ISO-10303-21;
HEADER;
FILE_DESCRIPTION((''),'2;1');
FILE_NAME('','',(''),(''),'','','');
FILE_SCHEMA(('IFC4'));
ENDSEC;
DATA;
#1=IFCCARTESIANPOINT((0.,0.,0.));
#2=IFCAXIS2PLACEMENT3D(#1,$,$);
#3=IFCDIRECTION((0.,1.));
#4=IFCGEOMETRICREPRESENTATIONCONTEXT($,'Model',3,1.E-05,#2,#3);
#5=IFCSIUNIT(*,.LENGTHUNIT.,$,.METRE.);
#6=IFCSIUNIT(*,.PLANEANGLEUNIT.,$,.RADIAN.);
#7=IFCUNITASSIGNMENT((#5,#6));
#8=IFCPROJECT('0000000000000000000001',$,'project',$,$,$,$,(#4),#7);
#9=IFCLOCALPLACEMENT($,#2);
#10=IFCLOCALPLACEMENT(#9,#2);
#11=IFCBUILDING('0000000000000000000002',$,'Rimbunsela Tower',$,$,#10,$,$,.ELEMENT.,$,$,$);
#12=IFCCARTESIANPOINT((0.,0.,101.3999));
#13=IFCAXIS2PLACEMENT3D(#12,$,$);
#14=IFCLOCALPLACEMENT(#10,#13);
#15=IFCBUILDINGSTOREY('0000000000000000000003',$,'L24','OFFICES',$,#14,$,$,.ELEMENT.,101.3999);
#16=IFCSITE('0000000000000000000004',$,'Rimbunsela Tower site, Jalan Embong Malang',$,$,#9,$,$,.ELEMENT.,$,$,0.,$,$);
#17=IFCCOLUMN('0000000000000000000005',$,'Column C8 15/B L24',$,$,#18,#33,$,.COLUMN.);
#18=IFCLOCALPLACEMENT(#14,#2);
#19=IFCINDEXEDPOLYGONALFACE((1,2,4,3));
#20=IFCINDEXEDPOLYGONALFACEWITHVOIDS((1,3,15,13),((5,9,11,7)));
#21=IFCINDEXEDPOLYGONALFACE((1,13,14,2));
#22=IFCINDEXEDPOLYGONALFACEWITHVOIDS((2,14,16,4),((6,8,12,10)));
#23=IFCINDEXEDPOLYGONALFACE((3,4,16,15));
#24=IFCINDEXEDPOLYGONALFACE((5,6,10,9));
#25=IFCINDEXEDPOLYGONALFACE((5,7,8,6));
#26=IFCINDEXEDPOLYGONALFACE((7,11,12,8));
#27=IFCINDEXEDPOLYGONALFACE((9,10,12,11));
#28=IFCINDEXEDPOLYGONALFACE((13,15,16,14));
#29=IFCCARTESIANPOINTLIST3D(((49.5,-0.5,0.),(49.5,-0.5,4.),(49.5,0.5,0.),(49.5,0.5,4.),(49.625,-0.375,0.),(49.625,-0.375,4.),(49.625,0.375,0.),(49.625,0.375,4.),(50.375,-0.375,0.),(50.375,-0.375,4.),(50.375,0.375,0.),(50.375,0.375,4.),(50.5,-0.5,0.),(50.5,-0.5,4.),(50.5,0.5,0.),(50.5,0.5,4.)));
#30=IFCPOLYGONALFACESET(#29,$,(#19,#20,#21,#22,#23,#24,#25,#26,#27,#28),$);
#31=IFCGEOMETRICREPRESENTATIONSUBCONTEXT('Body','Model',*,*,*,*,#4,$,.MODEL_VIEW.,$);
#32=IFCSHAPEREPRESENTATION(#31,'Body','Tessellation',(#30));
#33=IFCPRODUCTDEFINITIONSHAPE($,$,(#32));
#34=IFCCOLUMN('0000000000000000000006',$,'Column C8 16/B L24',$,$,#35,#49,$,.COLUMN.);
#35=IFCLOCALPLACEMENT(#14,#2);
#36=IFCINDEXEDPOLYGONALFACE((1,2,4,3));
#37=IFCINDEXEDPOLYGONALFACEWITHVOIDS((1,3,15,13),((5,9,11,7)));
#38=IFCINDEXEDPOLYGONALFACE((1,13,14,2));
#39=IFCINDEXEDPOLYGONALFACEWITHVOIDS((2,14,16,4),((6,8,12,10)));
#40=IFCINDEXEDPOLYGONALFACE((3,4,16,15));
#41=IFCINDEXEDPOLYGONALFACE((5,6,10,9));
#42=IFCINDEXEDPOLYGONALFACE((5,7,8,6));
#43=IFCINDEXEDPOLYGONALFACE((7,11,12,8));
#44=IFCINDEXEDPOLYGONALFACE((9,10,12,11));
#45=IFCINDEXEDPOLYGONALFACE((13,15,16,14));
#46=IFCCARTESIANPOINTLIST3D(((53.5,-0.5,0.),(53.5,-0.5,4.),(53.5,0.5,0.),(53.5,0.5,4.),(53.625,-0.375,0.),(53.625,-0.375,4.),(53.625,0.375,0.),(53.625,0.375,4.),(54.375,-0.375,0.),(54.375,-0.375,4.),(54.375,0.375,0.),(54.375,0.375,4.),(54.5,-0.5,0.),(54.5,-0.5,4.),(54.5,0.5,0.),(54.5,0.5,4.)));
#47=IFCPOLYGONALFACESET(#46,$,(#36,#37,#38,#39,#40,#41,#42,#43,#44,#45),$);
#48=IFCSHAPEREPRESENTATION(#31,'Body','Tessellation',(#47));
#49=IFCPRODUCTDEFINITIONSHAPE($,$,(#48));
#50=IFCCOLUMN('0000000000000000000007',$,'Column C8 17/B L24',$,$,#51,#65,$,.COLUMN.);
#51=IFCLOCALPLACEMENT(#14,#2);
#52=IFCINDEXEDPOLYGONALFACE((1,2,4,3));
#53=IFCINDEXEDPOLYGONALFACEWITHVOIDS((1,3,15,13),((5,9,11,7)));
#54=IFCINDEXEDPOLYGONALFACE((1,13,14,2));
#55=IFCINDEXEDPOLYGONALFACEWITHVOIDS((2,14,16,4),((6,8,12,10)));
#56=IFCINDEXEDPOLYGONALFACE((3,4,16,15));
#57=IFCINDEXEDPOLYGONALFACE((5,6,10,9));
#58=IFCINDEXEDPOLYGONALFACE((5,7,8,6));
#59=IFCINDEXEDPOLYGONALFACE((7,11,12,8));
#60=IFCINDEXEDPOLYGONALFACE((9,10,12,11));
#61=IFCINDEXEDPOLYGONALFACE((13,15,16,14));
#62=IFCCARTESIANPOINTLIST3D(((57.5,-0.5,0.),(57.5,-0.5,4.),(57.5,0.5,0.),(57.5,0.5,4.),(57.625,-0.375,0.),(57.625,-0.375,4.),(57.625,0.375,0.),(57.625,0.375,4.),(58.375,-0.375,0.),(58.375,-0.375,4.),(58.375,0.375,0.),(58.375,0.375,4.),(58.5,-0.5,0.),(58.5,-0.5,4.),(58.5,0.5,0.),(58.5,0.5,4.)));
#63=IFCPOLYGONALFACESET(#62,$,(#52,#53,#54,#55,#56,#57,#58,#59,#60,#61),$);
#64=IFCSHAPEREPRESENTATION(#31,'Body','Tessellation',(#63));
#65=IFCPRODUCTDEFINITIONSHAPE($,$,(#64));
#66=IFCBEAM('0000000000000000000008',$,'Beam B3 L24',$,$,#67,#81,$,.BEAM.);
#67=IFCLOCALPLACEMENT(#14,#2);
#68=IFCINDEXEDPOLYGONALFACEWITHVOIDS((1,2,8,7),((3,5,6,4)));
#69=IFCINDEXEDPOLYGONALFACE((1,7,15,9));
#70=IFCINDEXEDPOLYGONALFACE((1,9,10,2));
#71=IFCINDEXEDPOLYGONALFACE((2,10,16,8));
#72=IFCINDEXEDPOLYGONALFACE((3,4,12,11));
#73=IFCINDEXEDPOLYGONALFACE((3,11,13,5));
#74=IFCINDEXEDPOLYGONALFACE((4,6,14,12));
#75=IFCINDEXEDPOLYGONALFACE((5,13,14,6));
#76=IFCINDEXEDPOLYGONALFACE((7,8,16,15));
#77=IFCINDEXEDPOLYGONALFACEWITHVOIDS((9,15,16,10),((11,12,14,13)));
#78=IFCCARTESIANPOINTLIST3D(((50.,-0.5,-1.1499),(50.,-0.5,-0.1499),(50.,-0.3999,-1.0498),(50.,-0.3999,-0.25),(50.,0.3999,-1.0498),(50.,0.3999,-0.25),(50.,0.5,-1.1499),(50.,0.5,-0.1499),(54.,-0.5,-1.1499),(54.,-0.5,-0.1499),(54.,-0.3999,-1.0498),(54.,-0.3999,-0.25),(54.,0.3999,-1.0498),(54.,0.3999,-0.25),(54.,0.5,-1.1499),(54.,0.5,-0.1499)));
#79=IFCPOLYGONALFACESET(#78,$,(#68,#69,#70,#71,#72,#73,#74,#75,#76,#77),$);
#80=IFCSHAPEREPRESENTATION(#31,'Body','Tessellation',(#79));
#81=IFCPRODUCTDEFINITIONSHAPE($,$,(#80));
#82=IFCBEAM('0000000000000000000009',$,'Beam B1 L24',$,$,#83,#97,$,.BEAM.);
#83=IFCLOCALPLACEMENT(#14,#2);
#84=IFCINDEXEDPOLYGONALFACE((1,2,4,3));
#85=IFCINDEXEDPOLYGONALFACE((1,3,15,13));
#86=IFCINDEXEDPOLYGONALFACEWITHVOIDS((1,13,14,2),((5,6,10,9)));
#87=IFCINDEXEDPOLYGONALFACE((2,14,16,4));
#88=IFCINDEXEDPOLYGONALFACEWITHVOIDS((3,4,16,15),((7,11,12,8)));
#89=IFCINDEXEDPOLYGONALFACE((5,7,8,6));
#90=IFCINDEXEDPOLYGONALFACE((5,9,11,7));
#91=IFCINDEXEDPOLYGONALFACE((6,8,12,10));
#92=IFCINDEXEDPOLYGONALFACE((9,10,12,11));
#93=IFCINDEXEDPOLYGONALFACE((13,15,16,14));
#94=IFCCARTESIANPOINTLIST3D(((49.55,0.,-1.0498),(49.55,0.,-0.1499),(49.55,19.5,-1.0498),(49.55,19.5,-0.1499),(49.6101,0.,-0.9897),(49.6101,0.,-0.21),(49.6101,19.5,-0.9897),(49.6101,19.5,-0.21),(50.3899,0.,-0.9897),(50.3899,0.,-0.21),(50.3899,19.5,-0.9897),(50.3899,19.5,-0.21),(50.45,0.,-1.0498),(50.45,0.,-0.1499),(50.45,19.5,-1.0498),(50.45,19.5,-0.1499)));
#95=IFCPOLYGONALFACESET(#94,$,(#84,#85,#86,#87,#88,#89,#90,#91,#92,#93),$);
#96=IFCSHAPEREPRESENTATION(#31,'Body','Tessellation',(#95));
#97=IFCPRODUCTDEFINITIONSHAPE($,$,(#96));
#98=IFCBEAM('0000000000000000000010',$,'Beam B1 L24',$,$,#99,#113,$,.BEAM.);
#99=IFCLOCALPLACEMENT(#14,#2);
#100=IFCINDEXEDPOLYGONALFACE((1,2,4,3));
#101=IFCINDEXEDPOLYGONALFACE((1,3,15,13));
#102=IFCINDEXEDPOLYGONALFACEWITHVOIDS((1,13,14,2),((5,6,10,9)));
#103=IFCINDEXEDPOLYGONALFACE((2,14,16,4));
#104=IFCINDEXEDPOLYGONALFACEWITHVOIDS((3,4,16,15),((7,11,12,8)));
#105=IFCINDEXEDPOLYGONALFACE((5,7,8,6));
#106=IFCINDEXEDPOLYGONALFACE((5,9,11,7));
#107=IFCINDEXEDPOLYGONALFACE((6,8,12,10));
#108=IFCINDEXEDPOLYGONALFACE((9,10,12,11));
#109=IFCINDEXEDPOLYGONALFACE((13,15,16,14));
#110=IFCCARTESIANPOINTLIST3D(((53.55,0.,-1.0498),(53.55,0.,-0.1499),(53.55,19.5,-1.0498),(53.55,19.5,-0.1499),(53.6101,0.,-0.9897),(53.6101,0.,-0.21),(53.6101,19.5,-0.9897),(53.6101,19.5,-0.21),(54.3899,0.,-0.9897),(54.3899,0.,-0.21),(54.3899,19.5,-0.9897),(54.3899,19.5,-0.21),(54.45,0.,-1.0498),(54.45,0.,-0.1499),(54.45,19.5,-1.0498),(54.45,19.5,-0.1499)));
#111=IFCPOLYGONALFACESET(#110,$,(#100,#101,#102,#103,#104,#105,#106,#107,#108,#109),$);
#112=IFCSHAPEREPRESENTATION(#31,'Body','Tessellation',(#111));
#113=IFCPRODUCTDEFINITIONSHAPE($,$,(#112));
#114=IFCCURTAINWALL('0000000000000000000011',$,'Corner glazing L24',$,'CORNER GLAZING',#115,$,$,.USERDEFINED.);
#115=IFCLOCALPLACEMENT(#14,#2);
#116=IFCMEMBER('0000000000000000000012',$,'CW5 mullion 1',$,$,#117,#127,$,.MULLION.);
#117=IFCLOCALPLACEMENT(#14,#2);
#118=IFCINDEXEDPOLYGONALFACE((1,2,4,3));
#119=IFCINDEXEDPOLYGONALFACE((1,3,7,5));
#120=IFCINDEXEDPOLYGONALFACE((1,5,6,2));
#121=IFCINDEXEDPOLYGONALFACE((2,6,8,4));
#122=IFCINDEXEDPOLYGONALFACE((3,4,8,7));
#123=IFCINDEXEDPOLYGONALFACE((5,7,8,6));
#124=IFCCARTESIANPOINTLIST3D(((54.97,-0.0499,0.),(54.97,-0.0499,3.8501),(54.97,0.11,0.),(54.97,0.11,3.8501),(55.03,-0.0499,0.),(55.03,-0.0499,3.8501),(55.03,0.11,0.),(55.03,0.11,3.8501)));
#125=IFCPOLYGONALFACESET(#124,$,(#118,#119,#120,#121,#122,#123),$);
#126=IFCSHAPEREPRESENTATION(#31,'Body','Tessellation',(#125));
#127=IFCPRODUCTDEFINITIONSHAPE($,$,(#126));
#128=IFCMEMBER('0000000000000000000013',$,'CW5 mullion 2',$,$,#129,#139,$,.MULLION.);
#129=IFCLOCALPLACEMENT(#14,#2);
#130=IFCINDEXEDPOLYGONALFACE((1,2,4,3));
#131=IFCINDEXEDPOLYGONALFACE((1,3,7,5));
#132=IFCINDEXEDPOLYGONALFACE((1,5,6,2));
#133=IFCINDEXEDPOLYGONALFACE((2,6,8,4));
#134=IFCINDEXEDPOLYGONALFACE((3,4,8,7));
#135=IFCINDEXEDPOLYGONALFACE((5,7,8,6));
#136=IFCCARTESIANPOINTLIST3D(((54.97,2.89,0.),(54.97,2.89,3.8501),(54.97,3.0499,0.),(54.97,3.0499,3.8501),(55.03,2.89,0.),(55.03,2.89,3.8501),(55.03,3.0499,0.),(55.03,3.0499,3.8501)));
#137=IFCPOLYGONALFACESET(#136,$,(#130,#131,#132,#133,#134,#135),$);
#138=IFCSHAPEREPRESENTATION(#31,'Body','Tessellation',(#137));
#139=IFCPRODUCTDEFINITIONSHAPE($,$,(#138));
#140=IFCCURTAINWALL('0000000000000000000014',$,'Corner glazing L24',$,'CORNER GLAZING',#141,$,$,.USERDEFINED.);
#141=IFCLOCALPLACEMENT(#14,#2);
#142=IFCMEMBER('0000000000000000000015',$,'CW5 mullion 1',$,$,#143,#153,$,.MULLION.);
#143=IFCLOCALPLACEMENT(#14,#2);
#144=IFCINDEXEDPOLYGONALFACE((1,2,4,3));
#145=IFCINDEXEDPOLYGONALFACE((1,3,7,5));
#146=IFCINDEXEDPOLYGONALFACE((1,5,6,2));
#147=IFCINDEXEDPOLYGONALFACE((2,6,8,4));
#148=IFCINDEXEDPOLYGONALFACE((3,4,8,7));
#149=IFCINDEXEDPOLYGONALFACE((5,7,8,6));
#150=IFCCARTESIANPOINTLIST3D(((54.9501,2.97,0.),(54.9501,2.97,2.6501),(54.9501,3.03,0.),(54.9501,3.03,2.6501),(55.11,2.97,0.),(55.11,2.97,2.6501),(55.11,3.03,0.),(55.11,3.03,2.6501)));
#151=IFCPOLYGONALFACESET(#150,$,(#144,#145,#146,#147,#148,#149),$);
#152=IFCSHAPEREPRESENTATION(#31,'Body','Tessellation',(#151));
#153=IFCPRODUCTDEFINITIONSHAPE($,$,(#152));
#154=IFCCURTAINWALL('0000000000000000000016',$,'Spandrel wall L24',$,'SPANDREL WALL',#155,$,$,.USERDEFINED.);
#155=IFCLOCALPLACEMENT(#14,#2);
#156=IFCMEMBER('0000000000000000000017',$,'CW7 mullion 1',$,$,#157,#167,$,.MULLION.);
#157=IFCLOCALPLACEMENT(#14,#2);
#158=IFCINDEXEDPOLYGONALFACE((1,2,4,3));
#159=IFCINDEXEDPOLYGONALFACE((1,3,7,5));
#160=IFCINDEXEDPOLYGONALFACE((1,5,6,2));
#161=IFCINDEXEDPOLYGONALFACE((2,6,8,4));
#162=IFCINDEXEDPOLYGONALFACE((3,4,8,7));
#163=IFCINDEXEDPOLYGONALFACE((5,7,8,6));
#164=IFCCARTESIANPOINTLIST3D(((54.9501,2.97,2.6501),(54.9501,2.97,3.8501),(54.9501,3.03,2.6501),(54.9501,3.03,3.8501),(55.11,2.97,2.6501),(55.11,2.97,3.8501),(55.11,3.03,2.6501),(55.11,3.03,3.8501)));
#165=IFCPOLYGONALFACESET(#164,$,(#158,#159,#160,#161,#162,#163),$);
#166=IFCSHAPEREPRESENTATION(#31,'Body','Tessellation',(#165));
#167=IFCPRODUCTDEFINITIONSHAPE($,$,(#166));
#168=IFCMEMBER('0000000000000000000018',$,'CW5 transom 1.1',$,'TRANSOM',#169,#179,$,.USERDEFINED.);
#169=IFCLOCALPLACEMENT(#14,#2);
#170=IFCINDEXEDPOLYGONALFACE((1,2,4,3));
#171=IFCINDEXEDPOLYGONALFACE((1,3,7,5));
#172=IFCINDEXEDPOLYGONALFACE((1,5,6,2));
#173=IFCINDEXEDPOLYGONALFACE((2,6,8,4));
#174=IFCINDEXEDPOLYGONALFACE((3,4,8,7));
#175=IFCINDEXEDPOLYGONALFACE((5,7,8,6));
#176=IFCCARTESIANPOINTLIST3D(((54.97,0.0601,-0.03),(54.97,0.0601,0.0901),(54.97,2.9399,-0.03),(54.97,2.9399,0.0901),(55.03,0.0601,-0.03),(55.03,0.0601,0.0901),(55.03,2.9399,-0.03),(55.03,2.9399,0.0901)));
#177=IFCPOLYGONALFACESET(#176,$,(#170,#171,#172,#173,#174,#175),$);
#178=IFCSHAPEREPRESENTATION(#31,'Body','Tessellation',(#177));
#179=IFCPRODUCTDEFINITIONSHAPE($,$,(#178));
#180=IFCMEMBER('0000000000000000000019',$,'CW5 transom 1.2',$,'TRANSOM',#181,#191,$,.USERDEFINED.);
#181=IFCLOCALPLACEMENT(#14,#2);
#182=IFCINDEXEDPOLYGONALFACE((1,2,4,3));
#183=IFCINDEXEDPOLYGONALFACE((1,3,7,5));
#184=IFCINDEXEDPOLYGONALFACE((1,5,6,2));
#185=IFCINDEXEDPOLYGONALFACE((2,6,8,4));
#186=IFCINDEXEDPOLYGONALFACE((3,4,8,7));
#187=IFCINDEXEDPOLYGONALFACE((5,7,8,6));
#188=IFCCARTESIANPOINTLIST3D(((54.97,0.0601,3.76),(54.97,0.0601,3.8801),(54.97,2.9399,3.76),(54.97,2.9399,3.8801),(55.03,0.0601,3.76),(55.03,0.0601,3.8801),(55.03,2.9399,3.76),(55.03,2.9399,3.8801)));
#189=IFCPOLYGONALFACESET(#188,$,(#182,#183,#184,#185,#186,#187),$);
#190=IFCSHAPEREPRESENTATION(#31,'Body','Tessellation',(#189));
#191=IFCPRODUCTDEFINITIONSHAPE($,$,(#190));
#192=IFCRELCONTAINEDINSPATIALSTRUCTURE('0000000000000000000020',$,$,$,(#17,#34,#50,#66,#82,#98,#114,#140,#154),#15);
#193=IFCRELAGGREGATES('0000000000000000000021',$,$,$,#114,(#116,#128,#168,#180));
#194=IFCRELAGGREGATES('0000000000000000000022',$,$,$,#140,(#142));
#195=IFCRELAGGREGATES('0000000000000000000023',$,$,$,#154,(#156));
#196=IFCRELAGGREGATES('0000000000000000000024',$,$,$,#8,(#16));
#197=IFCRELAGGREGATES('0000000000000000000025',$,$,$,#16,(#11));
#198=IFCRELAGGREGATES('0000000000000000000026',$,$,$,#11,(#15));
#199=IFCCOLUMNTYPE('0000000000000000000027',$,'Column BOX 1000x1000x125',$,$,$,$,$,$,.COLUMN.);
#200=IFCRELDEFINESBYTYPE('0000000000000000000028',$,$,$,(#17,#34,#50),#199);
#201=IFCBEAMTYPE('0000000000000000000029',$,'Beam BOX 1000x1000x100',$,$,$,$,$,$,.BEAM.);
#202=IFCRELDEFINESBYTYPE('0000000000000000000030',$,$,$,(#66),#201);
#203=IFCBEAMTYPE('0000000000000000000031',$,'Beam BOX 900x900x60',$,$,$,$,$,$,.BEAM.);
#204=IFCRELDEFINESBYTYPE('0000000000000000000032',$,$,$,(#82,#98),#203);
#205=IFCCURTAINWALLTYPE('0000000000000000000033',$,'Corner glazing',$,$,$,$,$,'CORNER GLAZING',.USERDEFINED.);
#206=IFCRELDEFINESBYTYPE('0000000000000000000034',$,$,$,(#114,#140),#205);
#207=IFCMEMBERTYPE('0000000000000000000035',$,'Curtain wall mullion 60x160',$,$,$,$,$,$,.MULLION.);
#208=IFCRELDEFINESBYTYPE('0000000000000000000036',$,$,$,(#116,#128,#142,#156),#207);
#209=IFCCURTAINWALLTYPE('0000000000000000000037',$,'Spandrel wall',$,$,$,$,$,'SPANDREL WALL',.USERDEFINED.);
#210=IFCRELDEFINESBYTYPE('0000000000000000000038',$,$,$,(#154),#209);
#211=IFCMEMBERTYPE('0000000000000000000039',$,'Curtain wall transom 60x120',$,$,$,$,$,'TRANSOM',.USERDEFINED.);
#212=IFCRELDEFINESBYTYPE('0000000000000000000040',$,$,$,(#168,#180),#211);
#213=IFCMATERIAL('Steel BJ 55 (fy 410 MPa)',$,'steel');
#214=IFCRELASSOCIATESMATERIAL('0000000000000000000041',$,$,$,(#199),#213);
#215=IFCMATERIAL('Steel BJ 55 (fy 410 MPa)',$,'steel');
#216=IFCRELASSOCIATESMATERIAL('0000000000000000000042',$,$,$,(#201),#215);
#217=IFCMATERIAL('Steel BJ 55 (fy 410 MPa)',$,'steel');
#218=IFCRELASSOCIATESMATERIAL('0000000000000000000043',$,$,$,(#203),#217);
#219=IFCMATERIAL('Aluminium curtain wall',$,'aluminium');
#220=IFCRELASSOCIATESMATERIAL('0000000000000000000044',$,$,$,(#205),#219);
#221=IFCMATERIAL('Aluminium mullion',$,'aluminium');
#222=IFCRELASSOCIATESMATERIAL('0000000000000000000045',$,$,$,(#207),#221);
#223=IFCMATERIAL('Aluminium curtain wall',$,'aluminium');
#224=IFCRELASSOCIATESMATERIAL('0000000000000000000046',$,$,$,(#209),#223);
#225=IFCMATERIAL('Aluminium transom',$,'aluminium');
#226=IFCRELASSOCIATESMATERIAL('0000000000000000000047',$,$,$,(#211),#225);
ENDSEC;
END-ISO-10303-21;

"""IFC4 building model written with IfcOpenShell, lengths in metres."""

from ifc_helpers import new_model, si_unit, direction, frame, origin, origin_2d, place, context, subcontext, project, spatial, rectangle, hollow_rectangle, extrude, material, material_profile, profile_set, type_object, element, aggregate, save


model = new_model("IFC4")

# Units and contexts
model_context = context("Model", 3, precision=1e-05, world=origin(), true_north=direction((0.0, 1.0)))
body_context = subcontext(model_context, "Body", "Model", "MODEL_VIEW")
ifc_project = project(units=[si_unit("LENGTHUNIT", "METRE"), si_unit("PLANEANGLEUNIT", "RADIAN")], contexts=[model_context])

# Site, building, storey
site_placement = place(None, origin())
site = spatial("IfcSite", under=ifc_project, at=site_placement, Name="Rimbunsela Tower site, Jalan Embong Malang", CompositionType="ELEMENT", RefElevation=0.0)
building_placement = place(site_placement, origin())
building = spatial("IfcBuilding", under=site, at=building_placement, Name="Rimbunsela Tower", CompositionType="ELEMENT")
storey_placement = place(building_placement, frame((0.0, 0.0, 101.3999)))
storey = spatial("IfcBuildingStorey", under=building, at=storey_placement, Name="L24", Description="OFFICES", CompositionType="ELEMENT", Elevation=101.3999)

# Columns
ifc_material_1 = material(Name="Steel BJ 55 (fy 410 MPa)", Category="steel")
ifc_material_profile_1 = material_profile(ifc_material_1, hollow_rectangle(XDim=1.0, YDim=1.0, WallThickness=0.125, at=origin_2d()), Name="BOX 1000x1000x125")
ifc_profile_set_1 = profile_set([ifc_material_profile_1], Name="Steel BJ 55 (fy 410 MPa)")
column_type = type_object("IfcColumnType", Name="Column BOX 1000x1000x125", PredefinedType="COLUMN", material=ifc_profile_set_1)
for number, where, z_axis, x_axis, name in (
    (1, (50.0, 0.0, 0.0), (0.0, 0.0, 1.0), (1.0, 0.0, 0.0), "Column C8 15/B L24"),
    (2, (54.0, 0.0, 0.0), (0.0, 0.0, 1.0), (1.0, 0.0, 0.0), "Column C8 16/B L24"),
    (3, (58.0, 0.0, 0.0), (0.0, 0.0, 1.0), (1.0, 0.0, 0.0), "Column C8 17/B L24"),
):
    element("IfcColumn", number, at=place(storey_placement, frame(where, z_axis=z_axis, x_axis=x_axis)), inside=storey, type_object=column_type, Name=name, PredefinedType="COLUMN", context=body_context, shape_type="SweptSolid", body=[
        extrude(hollow_rectangle(XDim=1.0, YDim=1.0, WallThickness=0.125, at=origin_2d()), origin(), (0.0, 0.0, 1.0), 4.0),
    ])

# Beams
ifc_material_2 = material(Name="Steel BJ 55 (fy 410 MPa)", Category="steel")
ifc_material_profile_2 = material_profile(ifc_material_2, hollow_rectangle(XDim=1.0, YDim=1.0, WallThickness=0.1001, at=origin_2d()), Name="BOX 1000x1000x100")
ifc_profile_set_2 = profile_set([ifc_material_profile_2], Name="Steel BJ 55 (fy 410 MPa)")
beam_type_1 = type_object("IfcBeamType", Name="Beam BOX 1000x1000x100", PredefinedType="BEAM", material=ifc_profile_set_2)
beam_placement = place(storey_placement, frame((50.0, 0.0, -0.6499), z_axis=(1.0, 0.0, 0.0), x_axis=(0.0, 1.0, 0.0)))
element("IfcBeam", 4, at=beam_placement, inside=storey, type_object=beam_type_1, Name="Beam B3 L24", PredefinedType="BEAM", context=body_context, shape_type="SweptSolid", body=[
    extrude(hollow_rectangle(XDim=1.0, YDim=1.0, WallThickness=0.1001, at=origin_2d()), origin(), (0.0, 0.0, 1.0), 4.0),
])
ifc_material_3 = material(Name="Steel BJ 55 (fy 410 MPa)", Category="steel")
ifc_material_profile_3 = material_profile(ifc_material_3, hollow_rectangle(XDim=0.8999, YDim=0.8999, WallThickness=0.0601, at=origin_2d()), Name="BOX 900x900x60")
ifc_profile_set_3 = profile_set([ifc_material_profile_3], Name="Steel BJ 55 (fy 410 MPa)")
beam_type_2 = type_object("IfcBeamType", Name="Beam BOX 900x900x60", PredefinedType="BEAM", material=ifc_profile_set_3)
for number, where, z_axis, x_axis, name in (
    (5, (50.0, 0.0, -0.5999), (0.0, 1.0, 0.0), (-1.0, 0.0, 0.0), "Beam B1 L24"),
    (6, (54.0, 0.0, -0.5999), (0.0, 1.0, 0.0), (-1.0, 0.0, 0.0), "Beam B1 L24"),
):
    element("IfcBeam", number, at=place(storey_placement, frame(where, z_axis=z_axis, x_axis=x_axis)), inside=storey, type_object=beam_type_2, Name=name, PredefinedType="BEAM", context=body_context, shape_type="SweptSolid", body=[
        extrude(hollow_rectangle(XDim=0.8999, YDim=0.8999, WallThickness=0.0601, at=origin_2d()), origin(), (0.0, 0.0, 1.0), 19.5),
    ])

# Curtain wall, members
ifc_material_4 = material(Name="Aluminium curtain wall", Category="aluminium")
curtain_wall_type_1 = type_object("IfcCurtainWallType", Name="Corner glazing", ElementType="CORNER GLAZING", PredefinedType="USERDEFINED", material=ifc_material_4)
curtain_wall_1_placement = place(storey_placement, origin())
curtain_wall_1 = element("IfcCurtainWall", 7, at=curtain_wall_1_placement, inside=storey, type_object=curtain_wall_type_1, Name="Corner glazing L24", ObjectType="CORNER GLAZING", PredefinedType="USERDEFINED")
ifc_material_5 = material(Name="Aluminium mullion", Category="aluminium")
ifc_material_profile_4 = material_profile(ifc_material_5, rectangle(XDim=0.0601, YDim=0.1599, at=origin_2d()), Name="Mullion 60x160")
ifc_profile_set_4 = profile_set([ifc_material_profile_4], Name="Aluminium mullion")
member_type_1 = type_object("IfcMemberType", Name="Curtain wall mullion 60x160", PredefinedType="MULLION", material=ifc_profile_set_4)
member_1_placement = place(storey_placement, frame((55.0, 0.03, 0.0), z_axis=(0.0, 0.0, 1.0), x_axis=(-1.0, 0.0, 0.0)))
member_1 = element("IfcMember", 8, at=member_1_placement, type_object=member_type_1, Name="CW5 mullion 1", PredefinedType="MULLION", context=body_context, shape_type="SweptSolid", body=[
    extrude(rectangle(XDim=0.0601, YDim=0.1599, at=origin_2d()), origin(), (0.0, 0.0, 1.0), 3.8501),
])
member_2_placement = place(storey_placement, frame((55.0, 2.97, 0.0), z_axis=(0.0, 0.0, 1.0), x_axis=(-1.0, 0.0, 0.0)))
member_2 = element("IfcMember", 9, at=member_2_placement, type_object=member_type_1, Name="CW5 mullion 2", PredefinedType="MULLION", context=body_context, shape_type="SweptSolid", body=[
    extrude(rectangle(XDim=0.0601, YDim=0.1599, at=origin_2d()), origin(), (0.0, 0.0, 1.0), 3.8501),
])

# Curtain walls, members
curtain_wall_2_placement = place(storey_placement, origin())
curtain_wall_2 = element("IfcCurtainWall", 10, at=curtain_wall_2_placement, inside=storey, type_object=curtain_wall_type_1, Name="Corner glazing L24", ObjectType="CORNER GLAZING", PredefinedType="USERDEFINED")
member_3_placement = place(storey_placement, frame((55.03, 3.0, 0.0), z_axis=(0.0, 0.0, 1.0), x_axis=(0.0, 1.0, 0.0)))
member_3 = element("IfcMember", 11, at=member_3_placement, type_object=member_type_1, Name="CW5 mullion 1", PredefinedType="MULLION", context=body_context, shape_type="SweptSolid", body=[
    extrude(rectangle(XDim=0.0601, YDim=0.1599, at=origin_2d()), origin(), (0.0, 0.0, 1.0), 2.6501),
])
ifc_material_6 = material(Name="Aluminium curtain wall", Category="aluminium")
curtain_wall_type_2 = type_object("IfcCurtainWallType", Name="Spandrel wall", ElementType="SPANDREL WALL", PredefinedType="USERDEFINED", material=ifc_material_6)
curtain_wall_3_placement = place(storey_placement, origin())
curtain_wall_3 = element("IfcCurtainWall", 12, at=curtain_wall_3_placement, inside=storey, type_object=curtain_wall_type_2, Name="Spandrel wall L24", ObjectType="SPANDREL WALL", PredefinedType="USERDEFINED")
member_4_placement = place(storey_placement, frame((55.03, 3.0, 2.6501), z_axis=(0.0, 0.0, 1.0), x_axis=(0.0, 1.0, 0.0)))
member_4 = element("IfcMember", 13, at=member_4_placement, type_object=member_type_1, Name="CW7 mullion 1", PredefinedType="MULLION", context=body_context, shape_type="SweptSolid", body=[
    extrude(rectangle(XDim=0.0601, YDim=0.1599, at=origin_2d()), origin(), (0.0, 0.0, 1.0), 1.2),
])

# Members
ifc_material_7 = material(Name="Aluminium transom", Category="aluminium")
ifc_material_profile_5 = material_profile(ifc_material_7, rectangle(XDim=0.0601, YDim=0.1201, at=origin_2d()), Name="Transom 60x120")
ifc_profile_set_5 = profile_set([ifc_material_profile_5], Name="Aluminium transom")
member_type_2 = type_object("IfcMemberType", Name="Curtain wall transom 60x120", ElementType="TRANSOM", PredefinedType="USERDEFINED", material=ifc_profile_set_5)
member_5_placement = place(storey_placement, frame((55.0, 0.0601, 0.03), z_axis=(0.0, 1.0, 0.0), x_axis=(-1.0, 0.0, 0.0)))
member_5 = element("IfcMember", 14, at=member_5_placement, type_object=member_type_2, Name="CW5 transom 1.1", ObjectType="TRANSOM", PredefinedType="USERDEFINED", context=body_context, shape_type="SweptSolid", body=[
    extrude(rectangle(XDim=0.0601, YDim=0.1201, at=origin_2d()), origin(), (0.0, 0.0, 1.0), 2.8799),
])
member_6_placement = place(storey_placement, frame((55.0, 0.0601, 3.8201), z_axis=(0.0, 1.0, 0.0), x_axis=(-1.0, 0.0, 0.0)))
member_6 = element("IfcMember", 15, at=member_6_placement, type_object=member_type_2, Name="CW5 transom 1.2", ObjectType="TRANSOM", PredefinedType="USERDEFINED", context=body_context, shape_type="SweptSolid", body=[
    extrude(rectangle(XDim=0.0601, YDim=0.1201, at=origin_2d()), origin(), (0.0, 0.0, 1.0), 2.8799),
])

aggregate(curtain_wall_1, [member_1, member_2, member_5, member_6])
aggregate(curtain_wall_2, [member_3])
aggregate(curtain_wall_3, [member_4])

save(model, "model.ifc")
